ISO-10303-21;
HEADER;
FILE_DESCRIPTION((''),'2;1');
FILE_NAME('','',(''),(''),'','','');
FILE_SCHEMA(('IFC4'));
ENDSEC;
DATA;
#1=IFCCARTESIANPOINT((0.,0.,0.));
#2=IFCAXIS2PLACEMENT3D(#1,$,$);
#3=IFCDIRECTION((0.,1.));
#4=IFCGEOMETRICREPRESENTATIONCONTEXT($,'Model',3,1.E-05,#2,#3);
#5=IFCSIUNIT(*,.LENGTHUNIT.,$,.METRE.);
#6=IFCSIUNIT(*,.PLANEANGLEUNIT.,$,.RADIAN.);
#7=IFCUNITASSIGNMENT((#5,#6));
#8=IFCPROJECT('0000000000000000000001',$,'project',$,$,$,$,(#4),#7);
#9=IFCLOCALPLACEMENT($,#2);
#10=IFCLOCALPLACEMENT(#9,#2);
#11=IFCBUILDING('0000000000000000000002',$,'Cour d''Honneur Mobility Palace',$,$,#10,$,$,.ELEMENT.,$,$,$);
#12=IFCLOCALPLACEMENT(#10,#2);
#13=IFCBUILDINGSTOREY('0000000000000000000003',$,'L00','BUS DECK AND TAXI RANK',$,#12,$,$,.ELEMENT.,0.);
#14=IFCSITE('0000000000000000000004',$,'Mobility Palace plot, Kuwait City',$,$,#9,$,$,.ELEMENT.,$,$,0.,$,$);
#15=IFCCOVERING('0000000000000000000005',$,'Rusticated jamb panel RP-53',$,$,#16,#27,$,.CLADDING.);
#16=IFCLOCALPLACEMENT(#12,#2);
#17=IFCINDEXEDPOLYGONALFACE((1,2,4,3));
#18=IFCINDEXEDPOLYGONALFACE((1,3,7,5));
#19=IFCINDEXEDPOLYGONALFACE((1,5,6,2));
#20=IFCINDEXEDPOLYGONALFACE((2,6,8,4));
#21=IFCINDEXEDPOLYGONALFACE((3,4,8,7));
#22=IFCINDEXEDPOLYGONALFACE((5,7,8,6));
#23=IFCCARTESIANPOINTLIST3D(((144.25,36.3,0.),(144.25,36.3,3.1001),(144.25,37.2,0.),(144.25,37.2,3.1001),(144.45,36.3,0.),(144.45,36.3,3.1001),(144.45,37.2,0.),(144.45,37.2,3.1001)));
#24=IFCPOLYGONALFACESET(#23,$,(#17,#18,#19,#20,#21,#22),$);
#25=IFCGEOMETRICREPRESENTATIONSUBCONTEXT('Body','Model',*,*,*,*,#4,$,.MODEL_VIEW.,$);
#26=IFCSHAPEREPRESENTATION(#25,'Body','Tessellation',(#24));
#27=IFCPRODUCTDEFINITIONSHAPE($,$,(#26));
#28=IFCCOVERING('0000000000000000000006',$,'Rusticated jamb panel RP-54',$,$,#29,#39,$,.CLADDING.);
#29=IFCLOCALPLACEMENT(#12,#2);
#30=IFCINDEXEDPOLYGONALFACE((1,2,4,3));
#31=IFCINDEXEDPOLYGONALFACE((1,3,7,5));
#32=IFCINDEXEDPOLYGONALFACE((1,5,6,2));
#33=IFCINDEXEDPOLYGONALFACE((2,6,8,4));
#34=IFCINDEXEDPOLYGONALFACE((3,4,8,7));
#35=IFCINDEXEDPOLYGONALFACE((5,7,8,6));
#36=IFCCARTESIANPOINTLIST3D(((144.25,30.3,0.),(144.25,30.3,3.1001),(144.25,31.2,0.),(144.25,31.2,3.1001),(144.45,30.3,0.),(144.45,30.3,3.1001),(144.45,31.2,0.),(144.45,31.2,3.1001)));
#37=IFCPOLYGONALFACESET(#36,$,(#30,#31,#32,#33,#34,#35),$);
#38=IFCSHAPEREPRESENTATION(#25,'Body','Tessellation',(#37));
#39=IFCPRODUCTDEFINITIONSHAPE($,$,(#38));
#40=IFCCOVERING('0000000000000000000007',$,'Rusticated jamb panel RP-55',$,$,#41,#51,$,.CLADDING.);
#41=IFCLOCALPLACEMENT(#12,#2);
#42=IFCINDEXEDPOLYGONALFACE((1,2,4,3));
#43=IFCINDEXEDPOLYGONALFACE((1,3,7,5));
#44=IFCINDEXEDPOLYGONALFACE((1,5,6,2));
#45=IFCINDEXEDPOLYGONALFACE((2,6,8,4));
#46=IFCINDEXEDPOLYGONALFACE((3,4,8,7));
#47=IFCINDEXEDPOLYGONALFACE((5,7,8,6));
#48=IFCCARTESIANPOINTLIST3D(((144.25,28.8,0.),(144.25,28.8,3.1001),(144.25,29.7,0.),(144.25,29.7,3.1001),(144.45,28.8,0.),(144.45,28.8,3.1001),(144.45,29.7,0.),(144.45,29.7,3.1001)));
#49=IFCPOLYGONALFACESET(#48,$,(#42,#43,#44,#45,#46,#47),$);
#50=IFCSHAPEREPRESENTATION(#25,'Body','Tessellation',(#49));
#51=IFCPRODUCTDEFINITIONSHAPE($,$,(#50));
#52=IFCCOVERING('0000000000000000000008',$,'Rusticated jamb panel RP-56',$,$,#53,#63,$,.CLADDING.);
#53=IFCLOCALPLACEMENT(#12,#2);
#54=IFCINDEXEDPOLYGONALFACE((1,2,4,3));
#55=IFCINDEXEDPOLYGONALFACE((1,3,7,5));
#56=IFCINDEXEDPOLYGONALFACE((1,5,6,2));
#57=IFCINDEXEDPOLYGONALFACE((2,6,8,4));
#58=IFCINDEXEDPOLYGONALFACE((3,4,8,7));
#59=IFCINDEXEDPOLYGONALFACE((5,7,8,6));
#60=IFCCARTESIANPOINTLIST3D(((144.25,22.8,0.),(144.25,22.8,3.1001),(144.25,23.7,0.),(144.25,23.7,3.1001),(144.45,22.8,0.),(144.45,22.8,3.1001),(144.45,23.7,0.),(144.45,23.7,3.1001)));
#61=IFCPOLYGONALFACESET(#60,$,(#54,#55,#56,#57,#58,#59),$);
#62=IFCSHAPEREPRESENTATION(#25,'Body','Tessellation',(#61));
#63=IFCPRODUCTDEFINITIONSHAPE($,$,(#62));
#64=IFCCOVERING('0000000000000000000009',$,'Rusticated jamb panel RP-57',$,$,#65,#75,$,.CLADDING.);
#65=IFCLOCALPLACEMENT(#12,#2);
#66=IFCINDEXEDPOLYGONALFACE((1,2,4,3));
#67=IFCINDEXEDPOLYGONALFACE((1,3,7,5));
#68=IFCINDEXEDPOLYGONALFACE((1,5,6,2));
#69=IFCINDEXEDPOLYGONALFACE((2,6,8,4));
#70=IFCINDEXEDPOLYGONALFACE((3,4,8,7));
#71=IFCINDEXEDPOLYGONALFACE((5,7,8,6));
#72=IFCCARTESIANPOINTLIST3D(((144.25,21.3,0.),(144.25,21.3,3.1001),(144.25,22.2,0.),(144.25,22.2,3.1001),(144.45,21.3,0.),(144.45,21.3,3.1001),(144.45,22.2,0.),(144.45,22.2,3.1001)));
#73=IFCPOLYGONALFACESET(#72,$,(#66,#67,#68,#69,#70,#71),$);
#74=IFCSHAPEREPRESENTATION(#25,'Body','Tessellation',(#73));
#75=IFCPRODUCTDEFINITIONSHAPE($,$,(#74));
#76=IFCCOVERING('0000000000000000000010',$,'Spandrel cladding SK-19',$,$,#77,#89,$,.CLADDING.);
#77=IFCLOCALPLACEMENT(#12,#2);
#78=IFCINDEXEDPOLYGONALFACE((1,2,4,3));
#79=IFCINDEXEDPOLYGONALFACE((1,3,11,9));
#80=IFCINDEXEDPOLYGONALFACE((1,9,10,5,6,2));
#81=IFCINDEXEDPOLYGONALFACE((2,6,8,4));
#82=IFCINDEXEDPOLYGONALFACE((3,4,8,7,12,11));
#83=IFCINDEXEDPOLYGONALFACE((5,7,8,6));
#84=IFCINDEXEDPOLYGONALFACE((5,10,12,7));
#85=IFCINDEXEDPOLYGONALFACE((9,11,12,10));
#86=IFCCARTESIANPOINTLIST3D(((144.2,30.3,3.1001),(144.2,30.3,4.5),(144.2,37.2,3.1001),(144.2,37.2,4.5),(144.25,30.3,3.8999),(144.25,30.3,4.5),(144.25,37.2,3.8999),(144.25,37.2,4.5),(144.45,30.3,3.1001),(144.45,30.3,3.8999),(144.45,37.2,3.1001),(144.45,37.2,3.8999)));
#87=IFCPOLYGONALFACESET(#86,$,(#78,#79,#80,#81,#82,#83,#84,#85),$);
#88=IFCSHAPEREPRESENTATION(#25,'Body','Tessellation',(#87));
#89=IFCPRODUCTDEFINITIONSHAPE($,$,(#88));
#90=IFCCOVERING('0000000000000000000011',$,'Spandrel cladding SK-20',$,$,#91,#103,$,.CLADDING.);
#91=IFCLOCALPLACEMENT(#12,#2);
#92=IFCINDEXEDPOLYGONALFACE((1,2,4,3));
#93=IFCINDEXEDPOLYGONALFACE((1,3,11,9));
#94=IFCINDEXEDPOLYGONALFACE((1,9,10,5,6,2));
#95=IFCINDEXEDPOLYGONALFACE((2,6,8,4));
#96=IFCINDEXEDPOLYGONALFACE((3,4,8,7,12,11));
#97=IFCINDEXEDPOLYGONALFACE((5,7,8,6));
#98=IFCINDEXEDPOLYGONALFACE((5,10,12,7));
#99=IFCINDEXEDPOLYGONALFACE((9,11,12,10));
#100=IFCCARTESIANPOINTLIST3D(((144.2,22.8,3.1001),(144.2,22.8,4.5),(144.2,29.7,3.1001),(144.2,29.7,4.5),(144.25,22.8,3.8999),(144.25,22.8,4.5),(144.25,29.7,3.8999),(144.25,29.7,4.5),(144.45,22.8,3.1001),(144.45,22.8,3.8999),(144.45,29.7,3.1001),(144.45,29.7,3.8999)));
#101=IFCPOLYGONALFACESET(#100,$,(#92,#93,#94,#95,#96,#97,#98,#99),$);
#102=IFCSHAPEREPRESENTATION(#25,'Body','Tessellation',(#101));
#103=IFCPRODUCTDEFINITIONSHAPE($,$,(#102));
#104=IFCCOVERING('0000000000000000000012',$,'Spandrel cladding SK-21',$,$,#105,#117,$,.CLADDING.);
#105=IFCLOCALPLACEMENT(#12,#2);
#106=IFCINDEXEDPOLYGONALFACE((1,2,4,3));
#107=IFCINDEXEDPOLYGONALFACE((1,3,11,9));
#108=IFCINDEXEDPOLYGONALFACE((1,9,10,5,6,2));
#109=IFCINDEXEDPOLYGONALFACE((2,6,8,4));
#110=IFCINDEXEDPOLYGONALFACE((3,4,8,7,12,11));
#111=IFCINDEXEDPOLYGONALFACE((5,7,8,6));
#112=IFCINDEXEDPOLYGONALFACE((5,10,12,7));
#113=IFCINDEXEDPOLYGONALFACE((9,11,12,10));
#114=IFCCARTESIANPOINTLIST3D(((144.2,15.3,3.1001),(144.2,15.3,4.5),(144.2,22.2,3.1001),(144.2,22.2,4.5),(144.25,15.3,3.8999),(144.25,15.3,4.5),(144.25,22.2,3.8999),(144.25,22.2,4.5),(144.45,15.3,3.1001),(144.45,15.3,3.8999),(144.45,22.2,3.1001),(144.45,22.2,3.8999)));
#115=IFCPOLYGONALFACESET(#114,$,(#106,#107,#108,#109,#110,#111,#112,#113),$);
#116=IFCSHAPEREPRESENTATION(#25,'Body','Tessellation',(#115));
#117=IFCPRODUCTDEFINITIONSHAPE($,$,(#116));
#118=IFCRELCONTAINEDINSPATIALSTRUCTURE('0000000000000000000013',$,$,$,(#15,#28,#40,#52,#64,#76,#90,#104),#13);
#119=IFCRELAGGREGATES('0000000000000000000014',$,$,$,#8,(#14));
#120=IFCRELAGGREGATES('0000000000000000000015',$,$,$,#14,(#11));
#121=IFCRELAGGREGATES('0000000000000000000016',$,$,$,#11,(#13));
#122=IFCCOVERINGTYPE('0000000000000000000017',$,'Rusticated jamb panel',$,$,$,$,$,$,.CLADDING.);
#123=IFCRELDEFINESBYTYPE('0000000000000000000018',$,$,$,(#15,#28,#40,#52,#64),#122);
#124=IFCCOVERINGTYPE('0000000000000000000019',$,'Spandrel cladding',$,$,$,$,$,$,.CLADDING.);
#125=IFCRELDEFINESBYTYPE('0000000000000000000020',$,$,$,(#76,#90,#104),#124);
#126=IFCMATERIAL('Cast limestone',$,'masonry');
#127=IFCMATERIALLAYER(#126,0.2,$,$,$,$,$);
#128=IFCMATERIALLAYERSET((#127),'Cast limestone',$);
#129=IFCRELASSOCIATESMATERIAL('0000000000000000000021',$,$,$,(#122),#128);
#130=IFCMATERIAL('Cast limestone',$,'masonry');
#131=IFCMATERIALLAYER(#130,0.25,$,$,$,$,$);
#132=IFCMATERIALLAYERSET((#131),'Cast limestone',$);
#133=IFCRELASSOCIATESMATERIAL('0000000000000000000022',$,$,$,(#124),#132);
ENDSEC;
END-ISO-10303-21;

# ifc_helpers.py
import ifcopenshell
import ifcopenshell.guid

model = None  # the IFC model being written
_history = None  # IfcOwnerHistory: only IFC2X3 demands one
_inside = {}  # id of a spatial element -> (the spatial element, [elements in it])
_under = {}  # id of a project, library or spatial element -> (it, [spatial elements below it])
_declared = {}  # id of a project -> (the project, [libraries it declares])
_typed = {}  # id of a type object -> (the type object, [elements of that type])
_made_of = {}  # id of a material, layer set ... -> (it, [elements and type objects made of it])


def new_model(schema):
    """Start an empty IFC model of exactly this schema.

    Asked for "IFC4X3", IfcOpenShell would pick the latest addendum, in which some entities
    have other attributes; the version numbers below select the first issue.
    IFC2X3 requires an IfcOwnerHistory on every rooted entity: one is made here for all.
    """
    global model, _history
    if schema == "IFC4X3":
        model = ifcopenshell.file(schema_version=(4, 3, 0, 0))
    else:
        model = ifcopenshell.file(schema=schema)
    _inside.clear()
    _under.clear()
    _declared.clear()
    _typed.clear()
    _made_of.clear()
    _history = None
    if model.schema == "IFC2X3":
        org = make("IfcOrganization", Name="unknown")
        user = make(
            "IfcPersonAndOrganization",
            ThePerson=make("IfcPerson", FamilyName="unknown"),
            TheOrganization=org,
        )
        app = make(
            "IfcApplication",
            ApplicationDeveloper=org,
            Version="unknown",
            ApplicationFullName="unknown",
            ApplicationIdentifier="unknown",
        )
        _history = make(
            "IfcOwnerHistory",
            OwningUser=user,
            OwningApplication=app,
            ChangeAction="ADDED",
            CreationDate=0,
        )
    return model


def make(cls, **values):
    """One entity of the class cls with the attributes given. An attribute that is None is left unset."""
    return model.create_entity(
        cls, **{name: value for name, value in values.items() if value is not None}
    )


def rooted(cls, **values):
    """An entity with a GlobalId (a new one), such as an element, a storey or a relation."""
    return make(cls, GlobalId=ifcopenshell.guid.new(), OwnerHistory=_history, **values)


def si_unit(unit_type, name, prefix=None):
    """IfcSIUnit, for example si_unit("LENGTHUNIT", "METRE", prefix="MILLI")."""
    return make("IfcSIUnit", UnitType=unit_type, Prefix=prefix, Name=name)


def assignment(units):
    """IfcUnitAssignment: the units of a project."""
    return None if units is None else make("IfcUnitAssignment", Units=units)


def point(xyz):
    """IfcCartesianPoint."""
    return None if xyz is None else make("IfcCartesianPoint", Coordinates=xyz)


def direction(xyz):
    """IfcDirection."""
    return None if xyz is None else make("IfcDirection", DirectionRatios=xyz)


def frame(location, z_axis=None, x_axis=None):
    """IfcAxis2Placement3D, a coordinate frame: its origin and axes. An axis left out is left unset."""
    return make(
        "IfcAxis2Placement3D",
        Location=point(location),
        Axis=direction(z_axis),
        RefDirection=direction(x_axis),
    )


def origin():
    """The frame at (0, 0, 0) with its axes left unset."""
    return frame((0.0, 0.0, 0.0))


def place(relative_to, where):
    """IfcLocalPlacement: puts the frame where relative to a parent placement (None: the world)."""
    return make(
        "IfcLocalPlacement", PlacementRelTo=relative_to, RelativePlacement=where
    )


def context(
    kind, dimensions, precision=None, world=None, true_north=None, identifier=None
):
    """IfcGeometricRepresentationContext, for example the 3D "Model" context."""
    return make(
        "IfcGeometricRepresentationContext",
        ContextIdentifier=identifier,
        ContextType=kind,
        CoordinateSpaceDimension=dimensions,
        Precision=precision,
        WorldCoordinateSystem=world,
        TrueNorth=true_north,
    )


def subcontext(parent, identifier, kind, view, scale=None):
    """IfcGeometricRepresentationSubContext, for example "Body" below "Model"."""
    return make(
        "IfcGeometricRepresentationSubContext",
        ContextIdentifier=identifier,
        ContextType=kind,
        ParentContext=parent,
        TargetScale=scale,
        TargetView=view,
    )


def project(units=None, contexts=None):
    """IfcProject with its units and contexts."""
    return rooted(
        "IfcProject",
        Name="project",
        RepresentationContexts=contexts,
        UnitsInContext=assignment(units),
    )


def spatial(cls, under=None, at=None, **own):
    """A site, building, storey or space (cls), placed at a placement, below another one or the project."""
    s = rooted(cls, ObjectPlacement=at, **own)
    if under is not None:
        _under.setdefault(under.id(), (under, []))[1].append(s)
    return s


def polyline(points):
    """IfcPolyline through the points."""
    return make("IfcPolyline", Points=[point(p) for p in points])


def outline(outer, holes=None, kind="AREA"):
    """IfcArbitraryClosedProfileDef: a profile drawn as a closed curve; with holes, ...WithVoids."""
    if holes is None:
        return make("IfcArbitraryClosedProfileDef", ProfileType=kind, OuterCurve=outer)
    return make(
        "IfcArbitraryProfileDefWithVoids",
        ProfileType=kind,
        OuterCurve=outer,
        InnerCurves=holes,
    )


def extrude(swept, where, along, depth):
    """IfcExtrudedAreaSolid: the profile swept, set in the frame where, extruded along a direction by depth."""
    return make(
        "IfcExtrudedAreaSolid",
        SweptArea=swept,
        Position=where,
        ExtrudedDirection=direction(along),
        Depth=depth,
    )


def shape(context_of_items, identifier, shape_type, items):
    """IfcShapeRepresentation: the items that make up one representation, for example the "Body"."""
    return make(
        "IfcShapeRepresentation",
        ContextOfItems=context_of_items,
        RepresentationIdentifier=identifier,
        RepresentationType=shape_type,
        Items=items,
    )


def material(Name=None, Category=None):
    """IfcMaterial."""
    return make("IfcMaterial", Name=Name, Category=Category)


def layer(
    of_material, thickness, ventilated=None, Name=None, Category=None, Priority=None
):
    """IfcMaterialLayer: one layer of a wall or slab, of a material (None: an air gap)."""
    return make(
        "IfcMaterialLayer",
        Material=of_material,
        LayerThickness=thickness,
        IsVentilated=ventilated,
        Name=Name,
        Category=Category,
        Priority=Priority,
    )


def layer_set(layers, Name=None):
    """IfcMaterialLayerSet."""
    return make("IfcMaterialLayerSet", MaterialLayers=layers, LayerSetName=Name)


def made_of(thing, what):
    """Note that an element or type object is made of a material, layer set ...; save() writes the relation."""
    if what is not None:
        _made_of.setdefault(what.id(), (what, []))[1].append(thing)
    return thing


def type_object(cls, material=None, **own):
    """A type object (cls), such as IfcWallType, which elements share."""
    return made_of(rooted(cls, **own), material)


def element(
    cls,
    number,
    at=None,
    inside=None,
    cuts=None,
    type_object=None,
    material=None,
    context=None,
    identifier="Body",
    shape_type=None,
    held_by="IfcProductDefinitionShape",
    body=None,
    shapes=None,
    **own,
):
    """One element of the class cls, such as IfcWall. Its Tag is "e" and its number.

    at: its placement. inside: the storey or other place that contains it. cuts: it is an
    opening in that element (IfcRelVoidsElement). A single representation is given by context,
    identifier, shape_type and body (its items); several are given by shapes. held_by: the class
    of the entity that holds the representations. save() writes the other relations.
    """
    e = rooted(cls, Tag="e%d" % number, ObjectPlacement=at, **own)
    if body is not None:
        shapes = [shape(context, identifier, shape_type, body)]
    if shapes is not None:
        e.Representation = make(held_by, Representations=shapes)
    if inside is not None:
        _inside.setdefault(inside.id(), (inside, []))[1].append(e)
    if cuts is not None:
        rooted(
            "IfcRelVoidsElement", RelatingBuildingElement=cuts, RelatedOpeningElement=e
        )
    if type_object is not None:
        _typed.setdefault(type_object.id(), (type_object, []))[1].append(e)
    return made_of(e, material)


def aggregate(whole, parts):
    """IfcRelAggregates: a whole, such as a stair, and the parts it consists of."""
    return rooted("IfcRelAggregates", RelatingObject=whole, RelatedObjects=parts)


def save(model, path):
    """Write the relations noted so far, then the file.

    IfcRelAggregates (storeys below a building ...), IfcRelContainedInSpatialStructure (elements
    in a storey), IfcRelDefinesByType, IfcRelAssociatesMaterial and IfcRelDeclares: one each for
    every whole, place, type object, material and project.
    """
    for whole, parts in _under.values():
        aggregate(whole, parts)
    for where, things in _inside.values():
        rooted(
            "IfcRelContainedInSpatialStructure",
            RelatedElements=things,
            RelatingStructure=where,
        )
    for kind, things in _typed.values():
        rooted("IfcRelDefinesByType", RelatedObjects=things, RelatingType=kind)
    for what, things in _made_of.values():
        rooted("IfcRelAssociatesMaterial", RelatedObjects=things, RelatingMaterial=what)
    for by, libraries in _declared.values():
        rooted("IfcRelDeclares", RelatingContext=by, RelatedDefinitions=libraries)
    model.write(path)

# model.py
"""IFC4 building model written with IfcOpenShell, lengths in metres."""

from ifc_helpers import new_model, si_unit, direction, frame, origin, place, context, subcontext, project, spatial, polyline, outline, extrude, material, layer, layer_set, type_object, element, save


model = new_model("IFC4")

# Units and contexts
model_context = context("Model", 3, precision=1e-05, world=origin(), true_north=direction((0.0, 1.0)))
body_context = subcontext(model_context, "Body", "Model", "MODEL_VIEW")
ifc_project = project(units=[si_unit("LENGTHUNIT", "METRE"), si_unit("PLANEANGLEUNIT", "RADIAN")], contexts=[model_context])

# Site, building, storey
site_placement = place(None, origin())
site = spatial("IfcSite", under=ifc_project, at=site_placement, Name="Mobility Palace plot, Kuwait City", CompositionType="ELEMENT", RefElevation=0.0)
building_placement = place(site_placement, origin())
building = spatial("IfcBuilding", under=site, at=building_placement, Name="Cour d'Honneur Mobility Palace", CompositionType="ELEMENT")
storey_placement = place(building_placement, origin())
storey = spatial("IfcBuildingStorey", under=building, at=storey_placement, Name="L00", Description="BUS DECK AND TAXI RANK", CompositionType="ELEMENT", Elevation=0.0)

# Coverings
ifc_material_1 = material(Name="Cast limestone", Category="masonry")
ifc_layer_1 = layer(ifc_material_1, 0.2)
ifc_layer_set_1 = layer_set([ifc_layer_1], Name="Cast limestone")
covering_type_1 = type_object("IfcCoveringType", Name="Rusticated jamb panel", PredefinedType="CLADDING", material=ifc_layer_set_1)
for number, where, z_axis, x_axis, name in (
    (1, (144.25, 37.2, 0.0), (-1.0, 0.0, 0.0), (0.0, -1.0, 0.0), "Rusticated jamb panel RP-53"),
    (2, (144.25, 31.2, 0.0), (-1.0, 0.0, 0.0), (0.0, -1.0, 0.0), "Rusticated jamb panel RP-54"),
    (3, (144.25, 29.7, 0.0), (-1.0, 0.0, 0.0), (0.0, -1.0, 0.0), "Rusticated jamb panel RP-55"),
    (4, (144.25, 23.7, 0.0), (-1.0, 0.0, 0.0), (0.0, -1.0, 0.0), "Rusticated jamb panel RP-56"),
    (5, (144.25, 22.2, 0.0), (-1.0, 0.0, 0.0), (0.0, -1.0, 0.0), "Rusticated jamb panel RP-57"),
):
    element("IfcCovering", number, at=place(storey_placement, frame(where, z_axis=z_axis, x_axis=x_axis)), inside=storey, type_object=covering_type_1, Name=name, PredefinedType="CLADDING", context=body_context, shape_type="SweptSolid", body=[
        extrude(outline(polyline([(0.0, 0.0), (0.8999, 0.0), (0.8999, 3.1001), (0.0, 3.1001), (0.0, 0.0)])), origin(), (0.0, 0.0, -1.0), 0.2),
    ])
ifc_material_2 = material(Name="Cast limestone", Category="masonry")
ifc_layer_2 = layer(ifc_material_2, 0.25)
ifc_layer_set_2 = layer_set([ifc_layer_2], Name="Cast limestone")
covering_type_2 = type_object("IfcCoveringType", Name="Spandrel cladding", PredefinedType="CLADDING", material=ifc_layer_set_2)
for number, where, z_axis, x_axis, name in (
    (6, (144.45, 37.2, 3.1001), (0.0, 1.0, 0.0), (-1.0, 0.0, 0.0), "Spandrel cladding SK-19"),
    (7, (144.45, 29.7, 3.1001), (0.0, 1.0, 0.0), (-1.0, 0.0, 0.0), "Spandrel cladding SK-20"),
    (8, (144.45, 22.2, 3.1001), (0.0, 1.0, 0.0), (-1.0, 0.0, 0.0), "Spandrel cladding SK-21"),
):
    element("IfcCovering", number, at=place(storey_placement, frame(where, z_axis=z_axis, x_axis=x_axis)), inside=storey, type_object=covering_type_2, Name=name, PredefinedType="CLADDING", context=body_context, shape_type="SweptSolid", body=[
        extrude(outline(polyline([(0.0, 0.0), (0.25, 0.0), (0.25, 1.3999), (0.2, 1.3999), (0.2, 0.7998), (0.0, 0.7998), (0.0, 0.0)])), origin(), (0.0, 0.0, -1.0), 6.8999),
    ])

save(model, "model.ifc")
